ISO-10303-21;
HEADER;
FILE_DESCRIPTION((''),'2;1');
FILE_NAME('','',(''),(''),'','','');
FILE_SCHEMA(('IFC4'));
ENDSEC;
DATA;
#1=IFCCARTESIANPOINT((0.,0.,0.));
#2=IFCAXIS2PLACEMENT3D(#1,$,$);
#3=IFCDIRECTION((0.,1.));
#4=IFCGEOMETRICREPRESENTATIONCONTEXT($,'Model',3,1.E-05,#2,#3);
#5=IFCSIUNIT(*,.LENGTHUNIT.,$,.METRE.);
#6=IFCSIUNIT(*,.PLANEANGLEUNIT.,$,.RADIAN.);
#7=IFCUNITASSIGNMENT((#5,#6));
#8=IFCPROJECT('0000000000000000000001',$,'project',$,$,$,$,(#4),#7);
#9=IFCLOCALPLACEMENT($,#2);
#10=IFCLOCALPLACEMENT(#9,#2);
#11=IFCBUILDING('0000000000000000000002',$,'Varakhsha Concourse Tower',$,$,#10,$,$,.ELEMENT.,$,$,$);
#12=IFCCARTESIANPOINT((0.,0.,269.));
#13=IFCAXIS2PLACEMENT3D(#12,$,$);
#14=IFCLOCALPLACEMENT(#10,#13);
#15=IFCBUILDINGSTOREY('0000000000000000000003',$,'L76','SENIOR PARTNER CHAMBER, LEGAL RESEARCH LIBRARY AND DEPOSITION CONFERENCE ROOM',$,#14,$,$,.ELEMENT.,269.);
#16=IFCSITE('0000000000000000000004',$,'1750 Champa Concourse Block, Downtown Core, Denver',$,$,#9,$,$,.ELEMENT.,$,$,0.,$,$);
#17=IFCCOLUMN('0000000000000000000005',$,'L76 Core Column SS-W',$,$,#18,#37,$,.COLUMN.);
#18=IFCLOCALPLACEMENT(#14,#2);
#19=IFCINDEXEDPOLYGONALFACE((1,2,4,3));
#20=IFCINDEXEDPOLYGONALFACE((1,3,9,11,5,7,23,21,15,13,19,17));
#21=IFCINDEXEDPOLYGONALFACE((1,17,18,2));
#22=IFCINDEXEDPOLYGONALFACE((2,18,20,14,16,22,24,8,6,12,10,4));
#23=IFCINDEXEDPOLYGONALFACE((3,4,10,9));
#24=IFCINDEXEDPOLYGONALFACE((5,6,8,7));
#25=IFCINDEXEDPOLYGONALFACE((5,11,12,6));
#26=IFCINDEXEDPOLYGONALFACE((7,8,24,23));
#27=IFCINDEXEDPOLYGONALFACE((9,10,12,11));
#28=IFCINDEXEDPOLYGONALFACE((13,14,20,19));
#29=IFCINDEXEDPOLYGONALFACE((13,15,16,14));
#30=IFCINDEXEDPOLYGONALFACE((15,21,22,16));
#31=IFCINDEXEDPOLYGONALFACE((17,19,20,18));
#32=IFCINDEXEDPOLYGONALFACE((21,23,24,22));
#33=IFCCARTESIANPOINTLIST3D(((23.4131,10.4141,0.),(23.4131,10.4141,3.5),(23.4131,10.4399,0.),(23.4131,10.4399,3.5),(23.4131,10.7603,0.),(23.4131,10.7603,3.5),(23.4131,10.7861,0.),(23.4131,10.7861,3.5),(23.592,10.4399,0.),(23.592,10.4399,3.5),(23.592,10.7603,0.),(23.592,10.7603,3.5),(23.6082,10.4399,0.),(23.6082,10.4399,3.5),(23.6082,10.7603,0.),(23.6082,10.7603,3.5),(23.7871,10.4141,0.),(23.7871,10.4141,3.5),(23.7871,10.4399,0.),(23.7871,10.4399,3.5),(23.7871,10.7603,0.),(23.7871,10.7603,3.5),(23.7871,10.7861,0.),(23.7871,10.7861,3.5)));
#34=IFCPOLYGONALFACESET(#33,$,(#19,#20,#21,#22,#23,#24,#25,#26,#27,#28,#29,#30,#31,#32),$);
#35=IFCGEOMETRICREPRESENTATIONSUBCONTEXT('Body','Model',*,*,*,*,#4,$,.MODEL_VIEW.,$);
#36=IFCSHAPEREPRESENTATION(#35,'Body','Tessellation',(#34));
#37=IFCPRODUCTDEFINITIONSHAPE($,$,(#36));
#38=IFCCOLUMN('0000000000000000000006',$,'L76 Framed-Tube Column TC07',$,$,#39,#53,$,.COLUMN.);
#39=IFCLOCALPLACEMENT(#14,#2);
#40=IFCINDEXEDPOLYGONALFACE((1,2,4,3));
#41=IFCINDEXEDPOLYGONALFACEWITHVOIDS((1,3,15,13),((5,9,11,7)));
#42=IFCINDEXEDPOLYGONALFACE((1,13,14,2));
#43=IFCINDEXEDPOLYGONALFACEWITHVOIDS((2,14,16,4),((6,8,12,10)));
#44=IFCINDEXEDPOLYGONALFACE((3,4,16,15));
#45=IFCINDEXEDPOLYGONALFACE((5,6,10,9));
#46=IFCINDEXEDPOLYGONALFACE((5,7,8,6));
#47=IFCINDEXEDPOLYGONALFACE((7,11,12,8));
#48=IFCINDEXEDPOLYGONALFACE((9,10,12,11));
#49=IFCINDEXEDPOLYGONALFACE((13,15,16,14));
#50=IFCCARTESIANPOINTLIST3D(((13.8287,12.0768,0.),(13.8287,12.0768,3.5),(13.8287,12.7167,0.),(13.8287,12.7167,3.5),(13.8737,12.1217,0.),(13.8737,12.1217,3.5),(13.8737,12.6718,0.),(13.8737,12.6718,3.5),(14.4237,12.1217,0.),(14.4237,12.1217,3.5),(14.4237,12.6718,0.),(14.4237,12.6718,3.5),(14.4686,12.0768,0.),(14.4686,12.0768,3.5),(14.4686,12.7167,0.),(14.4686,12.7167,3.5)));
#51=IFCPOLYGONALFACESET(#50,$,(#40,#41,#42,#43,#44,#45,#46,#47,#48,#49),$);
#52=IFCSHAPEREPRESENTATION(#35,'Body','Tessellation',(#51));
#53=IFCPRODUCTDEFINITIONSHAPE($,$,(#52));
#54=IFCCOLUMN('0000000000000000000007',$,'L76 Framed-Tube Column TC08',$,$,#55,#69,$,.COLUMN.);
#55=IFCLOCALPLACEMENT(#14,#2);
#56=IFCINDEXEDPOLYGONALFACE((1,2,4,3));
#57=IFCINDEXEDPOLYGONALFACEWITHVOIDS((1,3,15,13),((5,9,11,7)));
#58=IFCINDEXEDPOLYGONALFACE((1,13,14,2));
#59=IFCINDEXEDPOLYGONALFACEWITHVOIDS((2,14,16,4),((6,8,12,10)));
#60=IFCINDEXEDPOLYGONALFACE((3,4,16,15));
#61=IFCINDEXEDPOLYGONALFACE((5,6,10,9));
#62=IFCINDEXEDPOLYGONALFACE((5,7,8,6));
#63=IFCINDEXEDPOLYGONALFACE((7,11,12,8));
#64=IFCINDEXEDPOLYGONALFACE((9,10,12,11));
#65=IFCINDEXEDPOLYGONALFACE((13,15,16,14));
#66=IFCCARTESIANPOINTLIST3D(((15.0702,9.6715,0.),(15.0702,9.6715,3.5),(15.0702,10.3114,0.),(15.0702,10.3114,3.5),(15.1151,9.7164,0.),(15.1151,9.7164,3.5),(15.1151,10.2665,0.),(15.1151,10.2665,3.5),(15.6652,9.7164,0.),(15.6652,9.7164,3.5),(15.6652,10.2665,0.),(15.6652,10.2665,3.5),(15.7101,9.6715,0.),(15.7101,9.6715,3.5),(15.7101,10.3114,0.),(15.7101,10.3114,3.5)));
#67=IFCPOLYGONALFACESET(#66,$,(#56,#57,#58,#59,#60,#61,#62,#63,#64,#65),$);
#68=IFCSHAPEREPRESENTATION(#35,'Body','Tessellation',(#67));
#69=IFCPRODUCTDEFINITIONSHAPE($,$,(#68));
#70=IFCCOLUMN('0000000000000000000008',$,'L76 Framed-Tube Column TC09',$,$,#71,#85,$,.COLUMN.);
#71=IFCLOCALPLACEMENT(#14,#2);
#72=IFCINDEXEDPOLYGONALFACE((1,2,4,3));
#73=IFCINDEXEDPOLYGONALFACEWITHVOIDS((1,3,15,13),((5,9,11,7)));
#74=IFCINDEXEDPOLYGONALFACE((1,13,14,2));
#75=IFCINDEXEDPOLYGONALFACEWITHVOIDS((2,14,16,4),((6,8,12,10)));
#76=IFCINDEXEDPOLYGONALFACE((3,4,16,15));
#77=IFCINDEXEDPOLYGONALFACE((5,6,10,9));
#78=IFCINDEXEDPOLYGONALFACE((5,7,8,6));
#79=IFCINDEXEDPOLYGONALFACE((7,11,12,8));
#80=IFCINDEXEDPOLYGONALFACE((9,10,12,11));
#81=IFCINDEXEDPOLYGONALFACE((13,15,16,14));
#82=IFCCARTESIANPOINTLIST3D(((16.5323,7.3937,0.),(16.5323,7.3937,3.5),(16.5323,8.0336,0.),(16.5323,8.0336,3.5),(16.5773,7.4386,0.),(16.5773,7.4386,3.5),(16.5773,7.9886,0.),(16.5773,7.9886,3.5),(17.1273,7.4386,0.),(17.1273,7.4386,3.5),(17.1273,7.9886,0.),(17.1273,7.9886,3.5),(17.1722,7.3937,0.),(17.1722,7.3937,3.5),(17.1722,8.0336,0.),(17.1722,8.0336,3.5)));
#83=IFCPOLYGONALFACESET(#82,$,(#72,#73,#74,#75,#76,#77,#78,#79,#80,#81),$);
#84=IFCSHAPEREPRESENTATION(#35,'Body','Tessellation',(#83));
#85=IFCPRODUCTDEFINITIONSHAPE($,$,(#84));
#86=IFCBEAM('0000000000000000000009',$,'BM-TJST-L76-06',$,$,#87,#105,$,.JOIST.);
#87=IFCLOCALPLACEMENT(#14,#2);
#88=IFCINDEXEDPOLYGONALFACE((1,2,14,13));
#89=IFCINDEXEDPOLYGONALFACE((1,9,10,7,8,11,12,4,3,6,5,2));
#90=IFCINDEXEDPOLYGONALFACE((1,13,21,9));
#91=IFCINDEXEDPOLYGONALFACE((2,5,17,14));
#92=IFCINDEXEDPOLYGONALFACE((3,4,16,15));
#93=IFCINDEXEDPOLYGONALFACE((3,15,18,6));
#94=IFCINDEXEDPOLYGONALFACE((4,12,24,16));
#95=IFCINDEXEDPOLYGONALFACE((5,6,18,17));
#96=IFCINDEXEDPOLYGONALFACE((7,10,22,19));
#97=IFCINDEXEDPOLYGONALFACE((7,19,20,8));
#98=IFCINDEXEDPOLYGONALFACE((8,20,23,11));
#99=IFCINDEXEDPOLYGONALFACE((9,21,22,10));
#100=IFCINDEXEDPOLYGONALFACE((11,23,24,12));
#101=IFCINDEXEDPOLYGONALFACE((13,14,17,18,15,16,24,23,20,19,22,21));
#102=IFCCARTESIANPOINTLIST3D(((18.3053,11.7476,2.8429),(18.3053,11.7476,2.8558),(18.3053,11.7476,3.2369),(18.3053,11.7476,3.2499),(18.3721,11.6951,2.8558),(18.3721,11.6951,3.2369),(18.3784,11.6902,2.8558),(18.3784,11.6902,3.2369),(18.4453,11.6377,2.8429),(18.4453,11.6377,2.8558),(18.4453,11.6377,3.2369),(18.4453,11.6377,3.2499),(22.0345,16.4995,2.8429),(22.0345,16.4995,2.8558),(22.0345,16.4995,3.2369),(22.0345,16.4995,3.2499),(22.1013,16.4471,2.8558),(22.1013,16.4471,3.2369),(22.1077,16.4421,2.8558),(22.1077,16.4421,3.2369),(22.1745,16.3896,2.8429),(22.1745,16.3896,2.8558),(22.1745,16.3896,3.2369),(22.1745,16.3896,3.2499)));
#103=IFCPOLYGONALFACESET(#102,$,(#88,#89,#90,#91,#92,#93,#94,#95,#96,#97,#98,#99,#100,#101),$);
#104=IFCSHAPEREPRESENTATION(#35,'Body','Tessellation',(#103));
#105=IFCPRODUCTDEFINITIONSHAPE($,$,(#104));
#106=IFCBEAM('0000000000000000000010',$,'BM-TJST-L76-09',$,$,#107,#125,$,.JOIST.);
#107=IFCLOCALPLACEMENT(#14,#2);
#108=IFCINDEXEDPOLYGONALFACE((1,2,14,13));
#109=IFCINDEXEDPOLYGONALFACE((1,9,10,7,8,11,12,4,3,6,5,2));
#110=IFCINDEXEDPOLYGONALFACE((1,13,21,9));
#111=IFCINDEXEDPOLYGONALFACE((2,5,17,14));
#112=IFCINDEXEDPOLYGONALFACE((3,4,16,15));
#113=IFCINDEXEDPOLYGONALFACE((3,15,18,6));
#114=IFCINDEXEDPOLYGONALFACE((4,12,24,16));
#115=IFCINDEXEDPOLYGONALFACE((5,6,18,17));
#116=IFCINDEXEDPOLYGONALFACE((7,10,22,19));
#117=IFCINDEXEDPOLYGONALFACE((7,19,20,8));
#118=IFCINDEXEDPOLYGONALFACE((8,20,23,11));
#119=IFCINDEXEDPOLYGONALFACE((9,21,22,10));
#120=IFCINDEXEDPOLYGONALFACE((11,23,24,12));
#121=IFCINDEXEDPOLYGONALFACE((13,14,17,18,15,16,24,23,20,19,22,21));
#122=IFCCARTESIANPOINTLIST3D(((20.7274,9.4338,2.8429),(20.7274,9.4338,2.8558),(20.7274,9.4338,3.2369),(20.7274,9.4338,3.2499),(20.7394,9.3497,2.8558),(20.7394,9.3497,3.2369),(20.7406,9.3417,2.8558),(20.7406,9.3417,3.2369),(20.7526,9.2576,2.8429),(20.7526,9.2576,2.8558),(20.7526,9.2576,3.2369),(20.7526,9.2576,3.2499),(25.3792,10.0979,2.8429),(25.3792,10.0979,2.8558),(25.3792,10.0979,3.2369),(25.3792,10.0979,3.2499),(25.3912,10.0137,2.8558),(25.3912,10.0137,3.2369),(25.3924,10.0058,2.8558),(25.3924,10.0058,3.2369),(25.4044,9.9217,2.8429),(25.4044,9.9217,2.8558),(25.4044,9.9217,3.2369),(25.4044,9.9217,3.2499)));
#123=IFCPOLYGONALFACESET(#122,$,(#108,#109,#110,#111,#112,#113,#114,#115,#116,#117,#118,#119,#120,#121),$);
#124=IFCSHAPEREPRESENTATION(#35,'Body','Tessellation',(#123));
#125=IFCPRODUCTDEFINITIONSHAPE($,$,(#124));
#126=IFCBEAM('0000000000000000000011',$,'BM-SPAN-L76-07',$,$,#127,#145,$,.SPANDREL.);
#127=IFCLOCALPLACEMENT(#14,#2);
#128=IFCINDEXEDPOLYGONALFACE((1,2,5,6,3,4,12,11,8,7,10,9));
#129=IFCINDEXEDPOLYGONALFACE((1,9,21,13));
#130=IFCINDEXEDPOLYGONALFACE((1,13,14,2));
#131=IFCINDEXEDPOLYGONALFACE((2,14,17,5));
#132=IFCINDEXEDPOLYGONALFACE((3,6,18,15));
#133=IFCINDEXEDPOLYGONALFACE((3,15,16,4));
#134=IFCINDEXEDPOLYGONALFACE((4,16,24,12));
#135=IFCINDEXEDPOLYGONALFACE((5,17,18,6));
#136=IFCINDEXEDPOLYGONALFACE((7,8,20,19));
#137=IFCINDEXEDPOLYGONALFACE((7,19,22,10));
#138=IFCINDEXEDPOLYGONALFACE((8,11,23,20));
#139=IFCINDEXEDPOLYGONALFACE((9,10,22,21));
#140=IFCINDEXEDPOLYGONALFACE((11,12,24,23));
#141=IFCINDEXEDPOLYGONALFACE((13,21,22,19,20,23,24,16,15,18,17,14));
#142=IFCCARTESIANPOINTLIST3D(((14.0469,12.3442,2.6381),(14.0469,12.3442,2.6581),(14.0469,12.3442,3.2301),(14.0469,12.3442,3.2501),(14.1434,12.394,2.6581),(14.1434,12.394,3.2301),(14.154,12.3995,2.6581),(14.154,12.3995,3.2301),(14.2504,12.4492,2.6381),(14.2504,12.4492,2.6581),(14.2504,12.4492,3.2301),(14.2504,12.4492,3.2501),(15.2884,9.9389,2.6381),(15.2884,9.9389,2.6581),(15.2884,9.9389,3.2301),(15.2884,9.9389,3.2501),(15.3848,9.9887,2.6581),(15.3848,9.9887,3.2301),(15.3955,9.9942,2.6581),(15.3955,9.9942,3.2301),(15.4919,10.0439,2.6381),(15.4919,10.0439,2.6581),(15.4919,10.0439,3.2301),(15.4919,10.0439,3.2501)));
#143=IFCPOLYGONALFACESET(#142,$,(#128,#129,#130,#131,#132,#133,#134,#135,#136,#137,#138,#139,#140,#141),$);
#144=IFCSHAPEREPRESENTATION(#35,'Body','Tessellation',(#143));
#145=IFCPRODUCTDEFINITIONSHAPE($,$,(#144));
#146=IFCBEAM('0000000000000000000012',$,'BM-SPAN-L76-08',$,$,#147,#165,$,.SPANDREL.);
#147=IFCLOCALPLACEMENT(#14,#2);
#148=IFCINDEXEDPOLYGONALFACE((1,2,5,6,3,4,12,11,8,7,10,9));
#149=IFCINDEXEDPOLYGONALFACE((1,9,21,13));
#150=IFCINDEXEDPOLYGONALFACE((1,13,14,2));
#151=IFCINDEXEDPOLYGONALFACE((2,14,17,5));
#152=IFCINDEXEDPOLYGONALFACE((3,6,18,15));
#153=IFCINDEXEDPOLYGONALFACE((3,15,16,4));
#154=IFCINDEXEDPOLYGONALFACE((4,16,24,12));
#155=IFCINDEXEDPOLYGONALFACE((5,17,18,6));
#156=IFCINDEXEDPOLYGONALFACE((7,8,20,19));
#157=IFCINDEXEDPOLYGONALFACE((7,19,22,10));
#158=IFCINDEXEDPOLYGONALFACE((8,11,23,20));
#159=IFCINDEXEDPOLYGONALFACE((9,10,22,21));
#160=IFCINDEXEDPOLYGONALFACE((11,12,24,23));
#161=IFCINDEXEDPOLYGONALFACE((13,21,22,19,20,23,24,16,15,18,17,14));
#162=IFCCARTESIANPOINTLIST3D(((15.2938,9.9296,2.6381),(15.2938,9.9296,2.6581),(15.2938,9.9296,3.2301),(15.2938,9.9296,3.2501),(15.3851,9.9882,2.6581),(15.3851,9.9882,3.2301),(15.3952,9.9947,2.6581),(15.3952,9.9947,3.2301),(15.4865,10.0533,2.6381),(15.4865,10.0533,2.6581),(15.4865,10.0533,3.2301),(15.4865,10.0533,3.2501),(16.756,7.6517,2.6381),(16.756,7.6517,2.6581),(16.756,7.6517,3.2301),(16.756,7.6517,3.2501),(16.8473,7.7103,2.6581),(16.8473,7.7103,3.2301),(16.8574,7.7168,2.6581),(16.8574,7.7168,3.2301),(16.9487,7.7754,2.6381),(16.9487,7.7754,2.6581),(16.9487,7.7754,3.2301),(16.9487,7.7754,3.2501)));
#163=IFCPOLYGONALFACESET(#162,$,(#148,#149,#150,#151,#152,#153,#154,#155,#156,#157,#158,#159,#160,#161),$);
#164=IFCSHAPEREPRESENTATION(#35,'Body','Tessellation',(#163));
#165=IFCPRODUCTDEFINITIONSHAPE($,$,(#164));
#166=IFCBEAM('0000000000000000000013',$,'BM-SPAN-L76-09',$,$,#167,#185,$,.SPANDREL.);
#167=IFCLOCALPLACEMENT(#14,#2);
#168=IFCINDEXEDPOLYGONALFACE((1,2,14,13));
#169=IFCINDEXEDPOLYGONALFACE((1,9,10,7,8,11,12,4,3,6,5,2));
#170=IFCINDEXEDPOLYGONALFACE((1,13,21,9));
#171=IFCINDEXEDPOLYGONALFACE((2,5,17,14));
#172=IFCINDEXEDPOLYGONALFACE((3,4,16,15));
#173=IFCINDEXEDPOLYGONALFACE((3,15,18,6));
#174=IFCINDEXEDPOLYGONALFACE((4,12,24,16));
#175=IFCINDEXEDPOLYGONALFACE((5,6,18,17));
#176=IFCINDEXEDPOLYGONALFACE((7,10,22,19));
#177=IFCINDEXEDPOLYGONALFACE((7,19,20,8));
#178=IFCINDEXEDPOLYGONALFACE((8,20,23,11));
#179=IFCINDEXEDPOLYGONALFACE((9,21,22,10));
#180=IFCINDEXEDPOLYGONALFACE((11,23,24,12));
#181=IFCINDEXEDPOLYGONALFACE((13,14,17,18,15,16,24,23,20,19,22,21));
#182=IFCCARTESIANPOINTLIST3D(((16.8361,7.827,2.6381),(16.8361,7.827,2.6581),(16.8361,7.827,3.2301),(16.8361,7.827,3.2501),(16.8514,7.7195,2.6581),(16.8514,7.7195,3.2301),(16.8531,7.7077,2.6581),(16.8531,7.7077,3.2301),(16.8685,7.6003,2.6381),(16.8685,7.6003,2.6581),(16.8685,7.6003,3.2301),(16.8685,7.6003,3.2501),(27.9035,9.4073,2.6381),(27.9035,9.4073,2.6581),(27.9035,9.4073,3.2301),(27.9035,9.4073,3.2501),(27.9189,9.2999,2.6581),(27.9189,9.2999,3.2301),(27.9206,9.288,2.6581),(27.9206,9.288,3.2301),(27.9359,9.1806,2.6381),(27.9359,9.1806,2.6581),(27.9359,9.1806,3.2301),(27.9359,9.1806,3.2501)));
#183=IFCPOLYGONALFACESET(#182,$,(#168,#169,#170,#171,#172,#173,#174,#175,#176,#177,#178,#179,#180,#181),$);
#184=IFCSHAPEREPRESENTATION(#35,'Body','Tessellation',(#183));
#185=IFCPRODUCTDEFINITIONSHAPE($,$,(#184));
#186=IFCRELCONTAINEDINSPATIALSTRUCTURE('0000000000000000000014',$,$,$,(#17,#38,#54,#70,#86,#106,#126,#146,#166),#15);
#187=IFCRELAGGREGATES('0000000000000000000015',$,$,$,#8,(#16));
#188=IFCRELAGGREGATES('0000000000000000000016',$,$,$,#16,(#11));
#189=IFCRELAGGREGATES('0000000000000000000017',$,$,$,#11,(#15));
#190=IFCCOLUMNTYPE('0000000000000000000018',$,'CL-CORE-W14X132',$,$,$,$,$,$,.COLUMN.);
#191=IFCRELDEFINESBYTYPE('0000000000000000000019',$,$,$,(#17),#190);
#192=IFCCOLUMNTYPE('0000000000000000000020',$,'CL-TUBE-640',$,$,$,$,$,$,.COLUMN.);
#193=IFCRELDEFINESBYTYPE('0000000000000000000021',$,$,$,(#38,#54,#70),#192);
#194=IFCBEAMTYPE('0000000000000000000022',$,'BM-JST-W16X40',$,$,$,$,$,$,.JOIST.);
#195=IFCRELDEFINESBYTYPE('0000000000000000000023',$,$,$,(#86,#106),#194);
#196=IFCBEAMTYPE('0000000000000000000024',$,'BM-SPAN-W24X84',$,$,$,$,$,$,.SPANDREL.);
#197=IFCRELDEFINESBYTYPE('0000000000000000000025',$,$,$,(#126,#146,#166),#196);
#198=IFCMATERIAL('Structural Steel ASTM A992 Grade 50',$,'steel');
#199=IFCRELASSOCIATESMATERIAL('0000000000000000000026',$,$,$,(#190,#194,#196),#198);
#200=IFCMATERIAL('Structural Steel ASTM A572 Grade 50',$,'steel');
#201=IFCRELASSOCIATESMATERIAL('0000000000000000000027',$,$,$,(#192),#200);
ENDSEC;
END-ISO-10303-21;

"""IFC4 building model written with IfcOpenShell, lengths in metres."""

from ifc_helpers import new_model, si_unit, direction, frame, origin, origin_2d, place, context, subcontext, project, spatial, hollow_rectangle, i_section, extrude, material, material_profile, profile_set, type_object, element, save


model = new_model("IFC4")

# Units and contexts
model_context = context("Model", 3, precision=1e-05, world=origin(), true_north=direction((0.0, 1.0)))
body_context = subcontext(model_context, "Body", "Model", "MODEL_VIEW")
ifc_project = project(units=[si_unit("LENGTHUNIT", "METRE"), si_unit("PLANEANGLEUNIT", "RADIAN")], contexts=[model_context])

# Site, building, storey
site_placement = place(None, origin())
site = spatial("IfcSite", under=ifc_project, at=site_placement, Name="1750 Champa Concourse Block, Downtown Core, Denver", CompositionType="ELEMENT", RefElevation=0.0)
building_placement = place(site_placement, origin())
building = spatial("IfcBuilding", under=site, at=building_placement, Name="Varakhsha Concourse Tower", CompositionType="ELEMENT")
storey_placement = place(building_placement, frame((0.0, 0.0, 269.0)))
storey = spatial("IfcBuildingStorey", under=building, at=storey_placement, Name="L76", Description="SENIOR PARTNER CHAMBER, LEGAL RESEARCH LIBRARY AND DEPOSITION CONFERENCE ROOM", CompositionType="ELEMENT", Elevation=269.0)

# Columns
ifc_material_1 = material(Name="Structural Steel ASTM A992 Grade 50", Category="steel")
ifc_material_profile_1 = material_profile(ifc_material_1, i_section(OverallWidth=0.374, OverallDepth=0.3721, WebThickness=0.0161, FlangeThickness=0.0259, at=origin_2d()), Name="W14X132")
ifc_profile_set_1 = profile_set([ifc_material_profile_1], Name="Structural Steel ASTM A992 Grade 50")
column_type_1 = type_object("IfcColumnType", Name="CL-CORE-W14X132", PredefinedType="COLUMN", material=ifc_profile_set_1)
column_placement = place(storey_placement, frame((23.6001, 10.6001, 0.0), z_axis=(0.0, 0.0, 1.0), x_axis=(1.0, 0.0, 0.0)))
element("IfcColumn", 1, at=column_placement, inside=storey, type_object=column_type_1, Name="L76 Core Column SS-W", PredefinedType="COLUMN", context=body_context, shape_type="SweptSolid", body=[
    extrude(i_section(OverallWidth=0.374, OverallDepth=0.3721, WebThickness=0.0161, FlangeThickness=0.0259, at=origin_2d()), origin(), (0.0, 0.0, 1.0), 3.5),
])
ifc_material_2 = material(Name="Structural Steel ASTM A572 Grade 50", Category="steel")
ifc_material_profile_2 = material_profile(ifc_material_2, hollow_rectangle(XDim=0.6399, YDim=0.6399, WallThickness=0.0449, at=origin_2d()), Name="BOX 640x640x45")
ifc_profile_set_2 = profile_set([ifc_material_profile_2], Name="Structural Steel ASTM A572 Grade 50")
column_type_2 = type_object("IfcColumnType", Name="CL-TUBE-640", PredefinedType="COLUMN", material=ifc_profile_set_2)
for number, where, z_axis, x_axis, name in (
    (2, (14.1487, 12.3967, 0.0), (0.0, 0.0, 1.0), (1.0, 0.0, 0.0), "L76 Framed-Tube Column TC07"),
    (3, (15.3901, 9.9915, 0.0), (0.0, 0.0, 1.0), (1.0, 0.0, 0.0), "L76 Framed-Tube Column TC08"),
    (4, (16.8523, 7.7136, 0.0), (0.0, 0.0, 1.0), (1.0, 0.0, 0.0), "L76 Framed-Tube Column TC09"),
):
    element("IfcColumn", number, at=place(storey_placement, frame(where, z_axis=z_axis, x_axis=x_axis)), inside=storey, type_object=column_type_2, Name=name, PredefinedType="COLUMN", context=body_context, shape_type="SweptSolid", body=[
        extrude(hollow_rectangle(XDim=0.6399, YDim=0.6399, WallThickness=0.0449, at=origin_2d()), origin(), (0.0, 0.0, 1.0), 3.5),
    ])

# Beams
ifc_material_profile_3 = material_profile(ifc_material_1, i_section(OverallWidth=0.178, OverallDepth=0.407, WebThickness=0.0081, FlangeThickness=0.0129, at=origin_2d()), Name="W16X40")
ifc_profile_set_3 = profile_set([ifc_material_profile_3], Name="Structural Steel ASTM A992 Grade 50")
beam_type_1 = type_object("IfcBeamType", Name="BM-JST-W16X40", PredefinedType="JOIST", material=ifc_profile_set_3)
beam_1_placement = place(storey_placement, frame((22.1045, 16.4446, 3.0464), z_axis=(-0.617368, -0.786674, 0.0), x_axis=(0.786674, -0.617368, 0.0)))
element("IfcBeam", 5, at=beam_1_placement, inside=storey, type_object=beam_type_1, Name="BM-TJST-L76-06", PredefinedType="JOIST", context=body_context, shape_type="SweptSolid", body=[
    extrude(i_section(OverallWidth=0.178, OverallDepth=0.407, WebThickness=0.0081, FlangeThickness=0.0129, at=origin_2d()), origin(), (0.0, 0.0, 1.0), 6.0405),
])
beam_2_placement = place(storey_placement, frame((20.74, 9.3457, 3.0464), z_axis=(0.989964, 0.14132, 0.0), x_axis=(-0.14132, 0.989964, 0.0)))
element("IfcBeam", 6, at=beam_2_placement, inside=storey, type_object=beam_type_1, Name="BM-TJST-L76-09", PredefinedType="JOIST", context=body_context, shape_type="SweptSolid", body=[
    extrude(i_section(OverallWidth=0.178, OverallDepth=0.407, WebThickness=0.0081, FlangeThickness=0.0129, at=origin_2d()), origin(), (0.0, 0.0, 1.0), 4.699),
])
ifc_material_profile_4 = material_profile(ifc_material_1, i_section(OverallWidth=0.229, OverallDepth=0.6121, WebThickness=0.012, FlangeThickness=0.02, at=origin_2d()), Name="W24X84")
ifc_profile_set_4 = profile_set([ifc_material_profile_4], Name="Structural Steel ASTM A992 Grade 50")
beam_type_2 = type_object("IfcBeamType", Name="BM-SPAN-W24X84", PredefinedType="SPANDREL", material=ifc_profile_set_4)
for number, where, z_axis, x_axis, name in (
    (7, (14.1487, 12.3967, 2.9441), (0.45865, -0.888617, 0.0), (0.888617, 0.45865, 0.0), "BM-SPAN-L76-07"),
    (8, (15.3901, 9.9915, 2.9441), (0.540192, -0.841542, 0.0), (0.841542, 0.540192, 0.0), "BM-SPAN-L76-08"),
):
    element("IfcBeam", number, at=place(storey_placement, frame(where, z_axis=z_axis, x_axis=x_axis)), inside=storey, type_object=beam_type_2, Name=name, PredefinedType="SPANDREL", context=body_context, shape_type="SweptSolid", body=[
        extrude(i_section(OverallWidth=0.229, OverallDepth=0.6121, WebThickness=0.012, FlangeThickness=0.02, at=origin_2d()), origin(), (0.0, 0.0, 1.0), 2.7068),
    ])
beam_3_placement = place(storey_placement, frame((16.8523, 7.7136, 2.9441), z_axis=(0.989959, 0.141357, 0.0), x_axis=(-0.141357, 0.989959, 0.0)))
element("IfcBeam", 9, at=beam_3_placement, inside=storey, type_object=beam_type_2, Name="BM-SPAN-L76-09", PredefinedType="SPANDREL", context=body_context, shape_type="SweptSolid", body=[
    extrude(i_section(OverallWidth=0.229, OverallDepth=0.6121, WebThickness=0.012, FlangeThickness=0.02, at=origin_2d()), origin(), (0.0, 0.0, 1.0), 11.1797),
])

save(model, "model.ifc")
